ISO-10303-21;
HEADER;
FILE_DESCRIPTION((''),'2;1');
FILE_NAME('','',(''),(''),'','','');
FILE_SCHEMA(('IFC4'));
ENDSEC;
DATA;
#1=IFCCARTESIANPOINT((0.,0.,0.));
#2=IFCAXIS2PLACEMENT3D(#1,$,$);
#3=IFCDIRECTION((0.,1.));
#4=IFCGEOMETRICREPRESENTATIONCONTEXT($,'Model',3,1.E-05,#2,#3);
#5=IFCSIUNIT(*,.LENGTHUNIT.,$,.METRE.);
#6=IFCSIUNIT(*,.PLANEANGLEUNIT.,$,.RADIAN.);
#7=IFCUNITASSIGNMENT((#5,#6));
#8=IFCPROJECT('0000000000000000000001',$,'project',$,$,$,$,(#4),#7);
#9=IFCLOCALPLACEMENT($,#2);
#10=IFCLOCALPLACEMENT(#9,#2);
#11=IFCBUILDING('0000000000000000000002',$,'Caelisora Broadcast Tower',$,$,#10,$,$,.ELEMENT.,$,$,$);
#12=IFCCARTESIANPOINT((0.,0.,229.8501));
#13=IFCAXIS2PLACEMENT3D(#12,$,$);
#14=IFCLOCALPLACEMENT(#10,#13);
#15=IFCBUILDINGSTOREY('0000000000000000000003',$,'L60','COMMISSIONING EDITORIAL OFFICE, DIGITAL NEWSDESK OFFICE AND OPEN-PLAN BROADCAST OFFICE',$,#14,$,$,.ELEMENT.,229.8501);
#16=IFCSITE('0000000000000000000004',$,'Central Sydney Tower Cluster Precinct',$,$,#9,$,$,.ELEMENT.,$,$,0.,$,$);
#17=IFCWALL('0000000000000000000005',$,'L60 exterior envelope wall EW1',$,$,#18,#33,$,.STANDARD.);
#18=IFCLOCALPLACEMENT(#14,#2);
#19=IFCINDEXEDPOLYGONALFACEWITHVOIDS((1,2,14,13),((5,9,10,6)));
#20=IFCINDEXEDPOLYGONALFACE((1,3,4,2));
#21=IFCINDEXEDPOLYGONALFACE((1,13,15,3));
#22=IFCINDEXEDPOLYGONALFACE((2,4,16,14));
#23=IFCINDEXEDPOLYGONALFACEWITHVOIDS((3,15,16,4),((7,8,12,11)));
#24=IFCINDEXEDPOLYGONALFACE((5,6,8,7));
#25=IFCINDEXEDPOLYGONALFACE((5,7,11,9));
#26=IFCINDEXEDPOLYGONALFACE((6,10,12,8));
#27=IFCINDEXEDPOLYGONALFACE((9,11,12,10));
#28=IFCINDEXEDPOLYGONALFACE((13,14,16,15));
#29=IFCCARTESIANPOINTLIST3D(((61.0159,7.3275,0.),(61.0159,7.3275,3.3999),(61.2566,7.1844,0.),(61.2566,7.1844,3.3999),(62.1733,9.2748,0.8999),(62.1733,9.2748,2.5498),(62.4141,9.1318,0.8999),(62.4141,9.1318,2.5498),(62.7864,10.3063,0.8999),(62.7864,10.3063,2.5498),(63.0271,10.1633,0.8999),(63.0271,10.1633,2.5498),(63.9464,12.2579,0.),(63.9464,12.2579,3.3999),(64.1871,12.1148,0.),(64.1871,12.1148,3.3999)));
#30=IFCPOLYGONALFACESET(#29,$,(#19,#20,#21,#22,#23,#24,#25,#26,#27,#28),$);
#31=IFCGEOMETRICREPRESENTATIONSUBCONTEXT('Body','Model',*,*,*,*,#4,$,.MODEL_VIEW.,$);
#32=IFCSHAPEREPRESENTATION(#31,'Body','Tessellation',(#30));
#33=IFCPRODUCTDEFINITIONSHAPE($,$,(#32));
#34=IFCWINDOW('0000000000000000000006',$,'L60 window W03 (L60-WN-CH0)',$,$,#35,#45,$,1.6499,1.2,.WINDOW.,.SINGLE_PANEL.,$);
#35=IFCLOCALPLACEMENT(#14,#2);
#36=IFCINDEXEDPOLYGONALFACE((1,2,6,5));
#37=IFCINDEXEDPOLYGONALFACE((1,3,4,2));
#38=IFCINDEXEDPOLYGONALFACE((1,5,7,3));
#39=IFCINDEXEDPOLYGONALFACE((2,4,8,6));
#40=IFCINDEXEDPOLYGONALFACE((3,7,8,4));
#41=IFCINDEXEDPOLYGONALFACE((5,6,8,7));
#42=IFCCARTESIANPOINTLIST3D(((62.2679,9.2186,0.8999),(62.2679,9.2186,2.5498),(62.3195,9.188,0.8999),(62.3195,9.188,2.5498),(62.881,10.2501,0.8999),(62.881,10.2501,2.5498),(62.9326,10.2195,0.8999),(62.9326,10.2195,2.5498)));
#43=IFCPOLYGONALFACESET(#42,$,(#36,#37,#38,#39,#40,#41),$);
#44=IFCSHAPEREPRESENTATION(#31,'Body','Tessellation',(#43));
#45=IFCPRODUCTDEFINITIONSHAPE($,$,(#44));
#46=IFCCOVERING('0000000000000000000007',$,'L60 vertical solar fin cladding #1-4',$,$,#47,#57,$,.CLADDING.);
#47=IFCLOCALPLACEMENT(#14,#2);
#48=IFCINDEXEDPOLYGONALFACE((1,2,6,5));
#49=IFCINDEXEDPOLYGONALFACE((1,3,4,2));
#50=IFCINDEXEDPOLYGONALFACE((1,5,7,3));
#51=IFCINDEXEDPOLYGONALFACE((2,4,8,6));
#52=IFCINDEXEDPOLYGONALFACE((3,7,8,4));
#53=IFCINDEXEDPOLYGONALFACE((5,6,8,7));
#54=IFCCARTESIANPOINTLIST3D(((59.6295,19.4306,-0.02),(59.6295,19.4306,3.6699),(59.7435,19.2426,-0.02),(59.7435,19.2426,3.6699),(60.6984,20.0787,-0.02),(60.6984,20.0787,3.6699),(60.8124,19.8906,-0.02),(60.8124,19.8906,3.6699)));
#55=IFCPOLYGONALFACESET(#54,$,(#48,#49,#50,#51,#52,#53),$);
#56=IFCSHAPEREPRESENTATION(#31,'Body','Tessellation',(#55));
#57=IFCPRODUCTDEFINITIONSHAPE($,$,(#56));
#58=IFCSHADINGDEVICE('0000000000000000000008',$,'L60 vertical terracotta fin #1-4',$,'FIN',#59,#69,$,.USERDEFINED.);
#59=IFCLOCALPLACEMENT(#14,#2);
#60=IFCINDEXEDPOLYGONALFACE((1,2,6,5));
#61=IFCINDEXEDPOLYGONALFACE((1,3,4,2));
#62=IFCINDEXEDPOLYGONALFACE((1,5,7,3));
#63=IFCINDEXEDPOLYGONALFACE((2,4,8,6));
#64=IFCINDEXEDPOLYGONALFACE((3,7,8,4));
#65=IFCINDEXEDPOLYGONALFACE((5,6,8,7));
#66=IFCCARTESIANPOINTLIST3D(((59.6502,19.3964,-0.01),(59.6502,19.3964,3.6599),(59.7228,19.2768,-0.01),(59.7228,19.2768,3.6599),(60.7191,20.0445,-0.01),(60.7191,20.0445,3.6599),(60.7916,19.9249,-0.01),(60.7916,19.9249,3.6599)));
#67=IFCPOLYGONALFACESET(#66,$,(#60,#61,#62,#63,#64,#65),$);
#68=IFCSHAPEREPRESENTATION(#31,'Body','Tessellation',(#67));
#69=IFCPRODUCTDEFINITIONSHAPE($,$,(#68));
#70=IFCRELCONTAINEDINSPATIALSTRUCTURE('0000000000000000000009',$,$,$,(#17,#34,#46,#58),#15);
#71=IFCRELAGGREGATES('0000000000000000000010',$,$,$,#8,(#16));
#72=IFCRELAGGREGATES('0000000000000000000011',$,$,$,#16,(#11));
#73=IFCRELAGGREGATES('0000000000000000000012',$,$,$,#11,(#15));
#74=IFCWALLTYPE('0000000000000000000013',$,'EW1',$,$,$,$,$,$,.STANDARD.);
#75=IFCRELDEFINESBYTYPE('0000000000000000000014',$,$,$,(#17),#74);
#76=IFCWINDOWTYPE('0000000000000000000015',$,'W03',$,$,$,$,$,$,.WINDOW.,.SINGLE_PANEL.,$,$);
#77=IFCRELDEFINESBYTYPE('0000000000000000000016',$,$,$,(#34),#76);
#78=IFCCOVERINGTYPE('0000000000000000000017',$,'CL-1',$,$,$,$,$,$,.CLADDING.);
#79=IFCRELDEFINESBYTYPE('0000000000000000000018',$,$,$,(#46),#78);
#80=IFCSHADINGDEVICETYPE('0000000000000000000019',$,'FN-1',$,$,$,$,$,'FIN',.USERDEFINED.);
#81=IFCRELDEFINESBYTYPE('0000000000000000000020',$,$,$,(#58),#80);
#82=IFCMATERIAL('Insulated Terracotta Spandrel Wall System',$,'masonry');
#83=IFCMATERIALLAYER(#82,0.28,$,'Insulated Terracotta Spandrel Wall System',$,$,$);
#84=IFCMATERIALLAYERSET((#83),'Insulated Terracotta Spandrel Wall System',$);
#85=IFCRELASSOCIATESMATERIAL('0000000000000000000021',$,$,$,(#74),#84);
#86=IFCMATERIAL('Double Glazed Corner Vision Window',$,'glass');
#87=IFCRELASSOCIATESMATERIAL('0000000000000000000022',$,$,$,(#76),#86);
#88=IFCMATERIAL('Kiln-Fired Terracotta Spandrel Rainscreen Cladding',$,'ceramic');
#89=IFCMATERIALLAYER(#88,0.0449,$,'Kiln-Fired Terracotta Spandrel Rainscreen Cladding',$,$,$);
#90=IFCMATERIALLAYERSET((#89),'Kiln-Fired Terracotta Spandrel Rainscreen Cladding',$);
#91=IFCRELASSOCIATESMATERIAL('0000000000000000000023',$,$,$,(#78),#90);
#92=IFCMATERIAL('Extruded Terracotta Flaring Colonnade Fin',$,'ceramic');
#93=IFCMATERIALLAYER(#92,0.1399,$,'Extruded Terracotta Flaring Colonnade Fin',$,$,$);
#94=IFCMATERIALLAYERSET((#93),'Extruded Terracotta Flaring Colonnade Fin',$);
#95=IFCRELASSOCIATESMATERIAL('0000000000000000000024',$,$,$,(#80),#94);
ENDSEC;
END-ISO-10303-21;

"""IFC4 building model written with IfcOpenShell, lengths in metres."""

from ifc_helpers import new_model, si_unit, direction, frame, frame_2d, origin, origin_2d, place, context, subcontext, project, spatial, rectangle, extrude, source, transform, mapped, material, layer, layer_set, type_object, type_shapes, element, fill, save


model = new_model("IFC4")

# Units and contexts
model_context = context("Model", 3, precision=1e-05, world=origin(), true_north=direction((0.0, 1.0)))
body_context = subcontext(model_context, "Body", "Model", "MODEL_VIEW")
ifc_project = project(units=[si_unit("LENGTHUNIT", "METRE"), si_unit("PLANEANGLEUNIT", "RADIAN")], contexts=[model_context])

# Site, building, storey
site_placement = place(None, origin())
site = spatial("IfcSite", under=ifc_project, at=site_placement, Name="Central Sydney Tower Cluster Precinct", CompositionType="ELEMENT", RefElevation=0.0)
building_placement = place(site_placement, origin())
building = spatial("IfcBuilding", under=site, at=building_placement, Name="Caelisora Broadcast Tower", CompositionType="ELEMENT")
storey_placement = place(building_placement, frame((0.0, 0.0, 229.8501)))
storey = spatial("IfcBuildingStorey", under=building, at=storey_placement, Name="L60", Description="COMMISSIONING EDITORIAL OFFICE, DIGITAL NEWSDESK OFFICE AND OPEN-PLAN BROADCAST OFFICE", CompositionType="ELEMENT", Elevation=229.8501)

# Wall, opening, window
ifc_material_1 = material(Name="Insulated Terracotta Spandrel Wall System", Category="masonry")
ifc_layer_1 = layer(ifc_material_1, 0.28, Name="Insulated Terracotta Spandrel Wall System")
ifc_layer_set_1 = layer_set([ifc_layer_1], Name="Insulated Terracotta Spandrel Wall System")
wall_type = type_object("IfcWallType", Name="EW1", PredefinedType="STANDARD", material=ifc_layer_set_1)
wall_placement = place(storey_placement, frame((64.0667, 12.1863, 0.0), z_axis=(0.0, 0.0, 1.0), x_axis=(-0.510923, -0.859626, 0.0)))
wall = element("IfcWall", 1, at=wall_placement, inside=storey, type_object=wall_type, Name="L60 exterior envelope wall EW1", PredefinedType="STANDARD", context=body_context, shape_type="SweptSolid", body=[
    extrude(rectangle(XDim=5.7356, YDim=0.28, at=frame_2d((2.8677, 0.0))), origin(), (0.0, 0.0, 1.0), 3.3999),
])
opening_placement = place(wall_placement, frame((2.27, 0.0, 0.8999)))
opening = element("IfcOpeningElement", 2, at=opening_placement, cuts=wall, PredefinedType="OPENING", context=body_context, shape_type="SweptSolid", body=[
    extrude(rectangle(XDim=1.2, YDim=1.6499, at=frame_2d((0.6001, 0.825))), frame((0.0, 0.1521, 0.0), z_axis=(0.0, -1.0, 0.0), x_axis=(1.0, 0.0, 0.0)), (0.0, 0.0, 1.0), 0.304),
])
ifc_material_2 = material(Name="Double Glazed Corner Vision Window", Category="glass")
window_type = type_object("IfcWindowType", Name="W03", PartitioningType="SINGLE_PANEL", PredefinedType="WINDOW", material=ifc_material_2)
window_placement = place(opening_placement, origin())
window = element("IfcWindow", 3, at=window_placement, inside=storey, type_object=window_type, Name="L60 window W03 (L60-WN-CH0)", OverallHeight=1.6499, OverallWidth=1.2, PartitioningType="SINGLE_PANEL", PredefinedType="WINDOW", context=body_context, shape_type="SweptSolid", body=[
    extrude(rectangle(XDim=1.2, YDim=1.6499, at=frame_2d((0.6001, 0.825))), frame((0.0, 0.03, 0.0), z_axis=(0.0, -1.0, 0.0), x_axis=(1.0, 0.0, 0.0)), (0.0, 0.0, 1.0), 0.0601),
])
fill(opening, window)

# Covering
ifc_material_3 = material(Name="Kiln-Fired Terracotta Spandrel Rainscreen Cladding", Category="ceramic")
ifc_layer_2 = layer(ifc_material_3, 0.0449, Name="Kiln-Fired Terracotta Spandrel Rainscreen Cladding")
ifc_layer_set_2 = layer_set([ifc_layer_2], Name="Kiln-Fired Terracotta Spandrel Rainscreen Cladding")
covering_type = type_object("IfcCoveringType", Name="CL-1", PredefinedType="CLADDING", material=ifc_layer_set_2)
shared_shape_1 = source(origin(), body_context, "Body", "SweptSolid", [
    extrude(rectangle(XDim=0.22, YDim=1.25, at=origin_2d()), origin(), (0.0, 0.0, 1.0), 3.6899),
])
type_shapes(covering_type, [shared_shape_1])
covering_placement = place(storey_placement, frame((60.2209, 19.6606, -0.02), z_axis=(0.0, 0.0, 1.0), x_axis=(0.518475, -0.855093, 0.0)))
element("IfcCovering", 4, at=covering_placement, inside=storey, type_object=covering_type, Name="L60 vertical solar fin cladding #1-4", PredefinedType="CLADDING", context=body_context, shape_type="MappedRepresentation", body=[
    mapped(shared_shape_1, transform((0.0, 0.0, 0.0), scale=1.0)),
])

# Shading device
ifc_material_4 = material(Name="Extruded Terracotta Flaring Colonnade Fin", Category="ceramic")
ifc_layer_3 = layer(ifc_material_4, 0.1399, Name="Extruded Terracotta Flaring Colonnade Fin")
ifc_layer_set_3 = layer_set([ifc_layer_3], Name="Extruded Terracotta Flaring Colonnade Fin")
shading_device_type = type_object("IfcShadingDeviceType", Name="FN-1", ElementType="FIN", PredefinedType="USERDEFINED", material=ifc_layer_set_3)
shared_shape_2 = source(origin(), body_context, "Body", "SweptSolid", [
    extrude(rectangle(XDim=0.1399, YDim=1.25, at=origin_2d()), origin(), (0.0, 0.0, 1.0), 3.6699),
])
type_shapes(shading_device_type, [shared_shape_2])
shading_device_placement = place(storey_placement, frame((60.2209, 19.6606, -0.01), z_axis=(0.0, 0.0, 1.0), x_axis=(0.518475, -0.855093, 0.0)))
element("IfcShadingDevice", 5, at=shading_device_placement, inside=storey, type_object=shading_device_type, Name="L60 vertical terracotta fin #1-4", ObjectType="FIN", PredefinedType="USERDEFINED", context=body_context, shape_type="MappedRepresentation", body=[
    mapped(shared_shape_2, transform((0.0, 0.0, 0.0), scale=1.0)),
])

save(model, "model.ifc")
